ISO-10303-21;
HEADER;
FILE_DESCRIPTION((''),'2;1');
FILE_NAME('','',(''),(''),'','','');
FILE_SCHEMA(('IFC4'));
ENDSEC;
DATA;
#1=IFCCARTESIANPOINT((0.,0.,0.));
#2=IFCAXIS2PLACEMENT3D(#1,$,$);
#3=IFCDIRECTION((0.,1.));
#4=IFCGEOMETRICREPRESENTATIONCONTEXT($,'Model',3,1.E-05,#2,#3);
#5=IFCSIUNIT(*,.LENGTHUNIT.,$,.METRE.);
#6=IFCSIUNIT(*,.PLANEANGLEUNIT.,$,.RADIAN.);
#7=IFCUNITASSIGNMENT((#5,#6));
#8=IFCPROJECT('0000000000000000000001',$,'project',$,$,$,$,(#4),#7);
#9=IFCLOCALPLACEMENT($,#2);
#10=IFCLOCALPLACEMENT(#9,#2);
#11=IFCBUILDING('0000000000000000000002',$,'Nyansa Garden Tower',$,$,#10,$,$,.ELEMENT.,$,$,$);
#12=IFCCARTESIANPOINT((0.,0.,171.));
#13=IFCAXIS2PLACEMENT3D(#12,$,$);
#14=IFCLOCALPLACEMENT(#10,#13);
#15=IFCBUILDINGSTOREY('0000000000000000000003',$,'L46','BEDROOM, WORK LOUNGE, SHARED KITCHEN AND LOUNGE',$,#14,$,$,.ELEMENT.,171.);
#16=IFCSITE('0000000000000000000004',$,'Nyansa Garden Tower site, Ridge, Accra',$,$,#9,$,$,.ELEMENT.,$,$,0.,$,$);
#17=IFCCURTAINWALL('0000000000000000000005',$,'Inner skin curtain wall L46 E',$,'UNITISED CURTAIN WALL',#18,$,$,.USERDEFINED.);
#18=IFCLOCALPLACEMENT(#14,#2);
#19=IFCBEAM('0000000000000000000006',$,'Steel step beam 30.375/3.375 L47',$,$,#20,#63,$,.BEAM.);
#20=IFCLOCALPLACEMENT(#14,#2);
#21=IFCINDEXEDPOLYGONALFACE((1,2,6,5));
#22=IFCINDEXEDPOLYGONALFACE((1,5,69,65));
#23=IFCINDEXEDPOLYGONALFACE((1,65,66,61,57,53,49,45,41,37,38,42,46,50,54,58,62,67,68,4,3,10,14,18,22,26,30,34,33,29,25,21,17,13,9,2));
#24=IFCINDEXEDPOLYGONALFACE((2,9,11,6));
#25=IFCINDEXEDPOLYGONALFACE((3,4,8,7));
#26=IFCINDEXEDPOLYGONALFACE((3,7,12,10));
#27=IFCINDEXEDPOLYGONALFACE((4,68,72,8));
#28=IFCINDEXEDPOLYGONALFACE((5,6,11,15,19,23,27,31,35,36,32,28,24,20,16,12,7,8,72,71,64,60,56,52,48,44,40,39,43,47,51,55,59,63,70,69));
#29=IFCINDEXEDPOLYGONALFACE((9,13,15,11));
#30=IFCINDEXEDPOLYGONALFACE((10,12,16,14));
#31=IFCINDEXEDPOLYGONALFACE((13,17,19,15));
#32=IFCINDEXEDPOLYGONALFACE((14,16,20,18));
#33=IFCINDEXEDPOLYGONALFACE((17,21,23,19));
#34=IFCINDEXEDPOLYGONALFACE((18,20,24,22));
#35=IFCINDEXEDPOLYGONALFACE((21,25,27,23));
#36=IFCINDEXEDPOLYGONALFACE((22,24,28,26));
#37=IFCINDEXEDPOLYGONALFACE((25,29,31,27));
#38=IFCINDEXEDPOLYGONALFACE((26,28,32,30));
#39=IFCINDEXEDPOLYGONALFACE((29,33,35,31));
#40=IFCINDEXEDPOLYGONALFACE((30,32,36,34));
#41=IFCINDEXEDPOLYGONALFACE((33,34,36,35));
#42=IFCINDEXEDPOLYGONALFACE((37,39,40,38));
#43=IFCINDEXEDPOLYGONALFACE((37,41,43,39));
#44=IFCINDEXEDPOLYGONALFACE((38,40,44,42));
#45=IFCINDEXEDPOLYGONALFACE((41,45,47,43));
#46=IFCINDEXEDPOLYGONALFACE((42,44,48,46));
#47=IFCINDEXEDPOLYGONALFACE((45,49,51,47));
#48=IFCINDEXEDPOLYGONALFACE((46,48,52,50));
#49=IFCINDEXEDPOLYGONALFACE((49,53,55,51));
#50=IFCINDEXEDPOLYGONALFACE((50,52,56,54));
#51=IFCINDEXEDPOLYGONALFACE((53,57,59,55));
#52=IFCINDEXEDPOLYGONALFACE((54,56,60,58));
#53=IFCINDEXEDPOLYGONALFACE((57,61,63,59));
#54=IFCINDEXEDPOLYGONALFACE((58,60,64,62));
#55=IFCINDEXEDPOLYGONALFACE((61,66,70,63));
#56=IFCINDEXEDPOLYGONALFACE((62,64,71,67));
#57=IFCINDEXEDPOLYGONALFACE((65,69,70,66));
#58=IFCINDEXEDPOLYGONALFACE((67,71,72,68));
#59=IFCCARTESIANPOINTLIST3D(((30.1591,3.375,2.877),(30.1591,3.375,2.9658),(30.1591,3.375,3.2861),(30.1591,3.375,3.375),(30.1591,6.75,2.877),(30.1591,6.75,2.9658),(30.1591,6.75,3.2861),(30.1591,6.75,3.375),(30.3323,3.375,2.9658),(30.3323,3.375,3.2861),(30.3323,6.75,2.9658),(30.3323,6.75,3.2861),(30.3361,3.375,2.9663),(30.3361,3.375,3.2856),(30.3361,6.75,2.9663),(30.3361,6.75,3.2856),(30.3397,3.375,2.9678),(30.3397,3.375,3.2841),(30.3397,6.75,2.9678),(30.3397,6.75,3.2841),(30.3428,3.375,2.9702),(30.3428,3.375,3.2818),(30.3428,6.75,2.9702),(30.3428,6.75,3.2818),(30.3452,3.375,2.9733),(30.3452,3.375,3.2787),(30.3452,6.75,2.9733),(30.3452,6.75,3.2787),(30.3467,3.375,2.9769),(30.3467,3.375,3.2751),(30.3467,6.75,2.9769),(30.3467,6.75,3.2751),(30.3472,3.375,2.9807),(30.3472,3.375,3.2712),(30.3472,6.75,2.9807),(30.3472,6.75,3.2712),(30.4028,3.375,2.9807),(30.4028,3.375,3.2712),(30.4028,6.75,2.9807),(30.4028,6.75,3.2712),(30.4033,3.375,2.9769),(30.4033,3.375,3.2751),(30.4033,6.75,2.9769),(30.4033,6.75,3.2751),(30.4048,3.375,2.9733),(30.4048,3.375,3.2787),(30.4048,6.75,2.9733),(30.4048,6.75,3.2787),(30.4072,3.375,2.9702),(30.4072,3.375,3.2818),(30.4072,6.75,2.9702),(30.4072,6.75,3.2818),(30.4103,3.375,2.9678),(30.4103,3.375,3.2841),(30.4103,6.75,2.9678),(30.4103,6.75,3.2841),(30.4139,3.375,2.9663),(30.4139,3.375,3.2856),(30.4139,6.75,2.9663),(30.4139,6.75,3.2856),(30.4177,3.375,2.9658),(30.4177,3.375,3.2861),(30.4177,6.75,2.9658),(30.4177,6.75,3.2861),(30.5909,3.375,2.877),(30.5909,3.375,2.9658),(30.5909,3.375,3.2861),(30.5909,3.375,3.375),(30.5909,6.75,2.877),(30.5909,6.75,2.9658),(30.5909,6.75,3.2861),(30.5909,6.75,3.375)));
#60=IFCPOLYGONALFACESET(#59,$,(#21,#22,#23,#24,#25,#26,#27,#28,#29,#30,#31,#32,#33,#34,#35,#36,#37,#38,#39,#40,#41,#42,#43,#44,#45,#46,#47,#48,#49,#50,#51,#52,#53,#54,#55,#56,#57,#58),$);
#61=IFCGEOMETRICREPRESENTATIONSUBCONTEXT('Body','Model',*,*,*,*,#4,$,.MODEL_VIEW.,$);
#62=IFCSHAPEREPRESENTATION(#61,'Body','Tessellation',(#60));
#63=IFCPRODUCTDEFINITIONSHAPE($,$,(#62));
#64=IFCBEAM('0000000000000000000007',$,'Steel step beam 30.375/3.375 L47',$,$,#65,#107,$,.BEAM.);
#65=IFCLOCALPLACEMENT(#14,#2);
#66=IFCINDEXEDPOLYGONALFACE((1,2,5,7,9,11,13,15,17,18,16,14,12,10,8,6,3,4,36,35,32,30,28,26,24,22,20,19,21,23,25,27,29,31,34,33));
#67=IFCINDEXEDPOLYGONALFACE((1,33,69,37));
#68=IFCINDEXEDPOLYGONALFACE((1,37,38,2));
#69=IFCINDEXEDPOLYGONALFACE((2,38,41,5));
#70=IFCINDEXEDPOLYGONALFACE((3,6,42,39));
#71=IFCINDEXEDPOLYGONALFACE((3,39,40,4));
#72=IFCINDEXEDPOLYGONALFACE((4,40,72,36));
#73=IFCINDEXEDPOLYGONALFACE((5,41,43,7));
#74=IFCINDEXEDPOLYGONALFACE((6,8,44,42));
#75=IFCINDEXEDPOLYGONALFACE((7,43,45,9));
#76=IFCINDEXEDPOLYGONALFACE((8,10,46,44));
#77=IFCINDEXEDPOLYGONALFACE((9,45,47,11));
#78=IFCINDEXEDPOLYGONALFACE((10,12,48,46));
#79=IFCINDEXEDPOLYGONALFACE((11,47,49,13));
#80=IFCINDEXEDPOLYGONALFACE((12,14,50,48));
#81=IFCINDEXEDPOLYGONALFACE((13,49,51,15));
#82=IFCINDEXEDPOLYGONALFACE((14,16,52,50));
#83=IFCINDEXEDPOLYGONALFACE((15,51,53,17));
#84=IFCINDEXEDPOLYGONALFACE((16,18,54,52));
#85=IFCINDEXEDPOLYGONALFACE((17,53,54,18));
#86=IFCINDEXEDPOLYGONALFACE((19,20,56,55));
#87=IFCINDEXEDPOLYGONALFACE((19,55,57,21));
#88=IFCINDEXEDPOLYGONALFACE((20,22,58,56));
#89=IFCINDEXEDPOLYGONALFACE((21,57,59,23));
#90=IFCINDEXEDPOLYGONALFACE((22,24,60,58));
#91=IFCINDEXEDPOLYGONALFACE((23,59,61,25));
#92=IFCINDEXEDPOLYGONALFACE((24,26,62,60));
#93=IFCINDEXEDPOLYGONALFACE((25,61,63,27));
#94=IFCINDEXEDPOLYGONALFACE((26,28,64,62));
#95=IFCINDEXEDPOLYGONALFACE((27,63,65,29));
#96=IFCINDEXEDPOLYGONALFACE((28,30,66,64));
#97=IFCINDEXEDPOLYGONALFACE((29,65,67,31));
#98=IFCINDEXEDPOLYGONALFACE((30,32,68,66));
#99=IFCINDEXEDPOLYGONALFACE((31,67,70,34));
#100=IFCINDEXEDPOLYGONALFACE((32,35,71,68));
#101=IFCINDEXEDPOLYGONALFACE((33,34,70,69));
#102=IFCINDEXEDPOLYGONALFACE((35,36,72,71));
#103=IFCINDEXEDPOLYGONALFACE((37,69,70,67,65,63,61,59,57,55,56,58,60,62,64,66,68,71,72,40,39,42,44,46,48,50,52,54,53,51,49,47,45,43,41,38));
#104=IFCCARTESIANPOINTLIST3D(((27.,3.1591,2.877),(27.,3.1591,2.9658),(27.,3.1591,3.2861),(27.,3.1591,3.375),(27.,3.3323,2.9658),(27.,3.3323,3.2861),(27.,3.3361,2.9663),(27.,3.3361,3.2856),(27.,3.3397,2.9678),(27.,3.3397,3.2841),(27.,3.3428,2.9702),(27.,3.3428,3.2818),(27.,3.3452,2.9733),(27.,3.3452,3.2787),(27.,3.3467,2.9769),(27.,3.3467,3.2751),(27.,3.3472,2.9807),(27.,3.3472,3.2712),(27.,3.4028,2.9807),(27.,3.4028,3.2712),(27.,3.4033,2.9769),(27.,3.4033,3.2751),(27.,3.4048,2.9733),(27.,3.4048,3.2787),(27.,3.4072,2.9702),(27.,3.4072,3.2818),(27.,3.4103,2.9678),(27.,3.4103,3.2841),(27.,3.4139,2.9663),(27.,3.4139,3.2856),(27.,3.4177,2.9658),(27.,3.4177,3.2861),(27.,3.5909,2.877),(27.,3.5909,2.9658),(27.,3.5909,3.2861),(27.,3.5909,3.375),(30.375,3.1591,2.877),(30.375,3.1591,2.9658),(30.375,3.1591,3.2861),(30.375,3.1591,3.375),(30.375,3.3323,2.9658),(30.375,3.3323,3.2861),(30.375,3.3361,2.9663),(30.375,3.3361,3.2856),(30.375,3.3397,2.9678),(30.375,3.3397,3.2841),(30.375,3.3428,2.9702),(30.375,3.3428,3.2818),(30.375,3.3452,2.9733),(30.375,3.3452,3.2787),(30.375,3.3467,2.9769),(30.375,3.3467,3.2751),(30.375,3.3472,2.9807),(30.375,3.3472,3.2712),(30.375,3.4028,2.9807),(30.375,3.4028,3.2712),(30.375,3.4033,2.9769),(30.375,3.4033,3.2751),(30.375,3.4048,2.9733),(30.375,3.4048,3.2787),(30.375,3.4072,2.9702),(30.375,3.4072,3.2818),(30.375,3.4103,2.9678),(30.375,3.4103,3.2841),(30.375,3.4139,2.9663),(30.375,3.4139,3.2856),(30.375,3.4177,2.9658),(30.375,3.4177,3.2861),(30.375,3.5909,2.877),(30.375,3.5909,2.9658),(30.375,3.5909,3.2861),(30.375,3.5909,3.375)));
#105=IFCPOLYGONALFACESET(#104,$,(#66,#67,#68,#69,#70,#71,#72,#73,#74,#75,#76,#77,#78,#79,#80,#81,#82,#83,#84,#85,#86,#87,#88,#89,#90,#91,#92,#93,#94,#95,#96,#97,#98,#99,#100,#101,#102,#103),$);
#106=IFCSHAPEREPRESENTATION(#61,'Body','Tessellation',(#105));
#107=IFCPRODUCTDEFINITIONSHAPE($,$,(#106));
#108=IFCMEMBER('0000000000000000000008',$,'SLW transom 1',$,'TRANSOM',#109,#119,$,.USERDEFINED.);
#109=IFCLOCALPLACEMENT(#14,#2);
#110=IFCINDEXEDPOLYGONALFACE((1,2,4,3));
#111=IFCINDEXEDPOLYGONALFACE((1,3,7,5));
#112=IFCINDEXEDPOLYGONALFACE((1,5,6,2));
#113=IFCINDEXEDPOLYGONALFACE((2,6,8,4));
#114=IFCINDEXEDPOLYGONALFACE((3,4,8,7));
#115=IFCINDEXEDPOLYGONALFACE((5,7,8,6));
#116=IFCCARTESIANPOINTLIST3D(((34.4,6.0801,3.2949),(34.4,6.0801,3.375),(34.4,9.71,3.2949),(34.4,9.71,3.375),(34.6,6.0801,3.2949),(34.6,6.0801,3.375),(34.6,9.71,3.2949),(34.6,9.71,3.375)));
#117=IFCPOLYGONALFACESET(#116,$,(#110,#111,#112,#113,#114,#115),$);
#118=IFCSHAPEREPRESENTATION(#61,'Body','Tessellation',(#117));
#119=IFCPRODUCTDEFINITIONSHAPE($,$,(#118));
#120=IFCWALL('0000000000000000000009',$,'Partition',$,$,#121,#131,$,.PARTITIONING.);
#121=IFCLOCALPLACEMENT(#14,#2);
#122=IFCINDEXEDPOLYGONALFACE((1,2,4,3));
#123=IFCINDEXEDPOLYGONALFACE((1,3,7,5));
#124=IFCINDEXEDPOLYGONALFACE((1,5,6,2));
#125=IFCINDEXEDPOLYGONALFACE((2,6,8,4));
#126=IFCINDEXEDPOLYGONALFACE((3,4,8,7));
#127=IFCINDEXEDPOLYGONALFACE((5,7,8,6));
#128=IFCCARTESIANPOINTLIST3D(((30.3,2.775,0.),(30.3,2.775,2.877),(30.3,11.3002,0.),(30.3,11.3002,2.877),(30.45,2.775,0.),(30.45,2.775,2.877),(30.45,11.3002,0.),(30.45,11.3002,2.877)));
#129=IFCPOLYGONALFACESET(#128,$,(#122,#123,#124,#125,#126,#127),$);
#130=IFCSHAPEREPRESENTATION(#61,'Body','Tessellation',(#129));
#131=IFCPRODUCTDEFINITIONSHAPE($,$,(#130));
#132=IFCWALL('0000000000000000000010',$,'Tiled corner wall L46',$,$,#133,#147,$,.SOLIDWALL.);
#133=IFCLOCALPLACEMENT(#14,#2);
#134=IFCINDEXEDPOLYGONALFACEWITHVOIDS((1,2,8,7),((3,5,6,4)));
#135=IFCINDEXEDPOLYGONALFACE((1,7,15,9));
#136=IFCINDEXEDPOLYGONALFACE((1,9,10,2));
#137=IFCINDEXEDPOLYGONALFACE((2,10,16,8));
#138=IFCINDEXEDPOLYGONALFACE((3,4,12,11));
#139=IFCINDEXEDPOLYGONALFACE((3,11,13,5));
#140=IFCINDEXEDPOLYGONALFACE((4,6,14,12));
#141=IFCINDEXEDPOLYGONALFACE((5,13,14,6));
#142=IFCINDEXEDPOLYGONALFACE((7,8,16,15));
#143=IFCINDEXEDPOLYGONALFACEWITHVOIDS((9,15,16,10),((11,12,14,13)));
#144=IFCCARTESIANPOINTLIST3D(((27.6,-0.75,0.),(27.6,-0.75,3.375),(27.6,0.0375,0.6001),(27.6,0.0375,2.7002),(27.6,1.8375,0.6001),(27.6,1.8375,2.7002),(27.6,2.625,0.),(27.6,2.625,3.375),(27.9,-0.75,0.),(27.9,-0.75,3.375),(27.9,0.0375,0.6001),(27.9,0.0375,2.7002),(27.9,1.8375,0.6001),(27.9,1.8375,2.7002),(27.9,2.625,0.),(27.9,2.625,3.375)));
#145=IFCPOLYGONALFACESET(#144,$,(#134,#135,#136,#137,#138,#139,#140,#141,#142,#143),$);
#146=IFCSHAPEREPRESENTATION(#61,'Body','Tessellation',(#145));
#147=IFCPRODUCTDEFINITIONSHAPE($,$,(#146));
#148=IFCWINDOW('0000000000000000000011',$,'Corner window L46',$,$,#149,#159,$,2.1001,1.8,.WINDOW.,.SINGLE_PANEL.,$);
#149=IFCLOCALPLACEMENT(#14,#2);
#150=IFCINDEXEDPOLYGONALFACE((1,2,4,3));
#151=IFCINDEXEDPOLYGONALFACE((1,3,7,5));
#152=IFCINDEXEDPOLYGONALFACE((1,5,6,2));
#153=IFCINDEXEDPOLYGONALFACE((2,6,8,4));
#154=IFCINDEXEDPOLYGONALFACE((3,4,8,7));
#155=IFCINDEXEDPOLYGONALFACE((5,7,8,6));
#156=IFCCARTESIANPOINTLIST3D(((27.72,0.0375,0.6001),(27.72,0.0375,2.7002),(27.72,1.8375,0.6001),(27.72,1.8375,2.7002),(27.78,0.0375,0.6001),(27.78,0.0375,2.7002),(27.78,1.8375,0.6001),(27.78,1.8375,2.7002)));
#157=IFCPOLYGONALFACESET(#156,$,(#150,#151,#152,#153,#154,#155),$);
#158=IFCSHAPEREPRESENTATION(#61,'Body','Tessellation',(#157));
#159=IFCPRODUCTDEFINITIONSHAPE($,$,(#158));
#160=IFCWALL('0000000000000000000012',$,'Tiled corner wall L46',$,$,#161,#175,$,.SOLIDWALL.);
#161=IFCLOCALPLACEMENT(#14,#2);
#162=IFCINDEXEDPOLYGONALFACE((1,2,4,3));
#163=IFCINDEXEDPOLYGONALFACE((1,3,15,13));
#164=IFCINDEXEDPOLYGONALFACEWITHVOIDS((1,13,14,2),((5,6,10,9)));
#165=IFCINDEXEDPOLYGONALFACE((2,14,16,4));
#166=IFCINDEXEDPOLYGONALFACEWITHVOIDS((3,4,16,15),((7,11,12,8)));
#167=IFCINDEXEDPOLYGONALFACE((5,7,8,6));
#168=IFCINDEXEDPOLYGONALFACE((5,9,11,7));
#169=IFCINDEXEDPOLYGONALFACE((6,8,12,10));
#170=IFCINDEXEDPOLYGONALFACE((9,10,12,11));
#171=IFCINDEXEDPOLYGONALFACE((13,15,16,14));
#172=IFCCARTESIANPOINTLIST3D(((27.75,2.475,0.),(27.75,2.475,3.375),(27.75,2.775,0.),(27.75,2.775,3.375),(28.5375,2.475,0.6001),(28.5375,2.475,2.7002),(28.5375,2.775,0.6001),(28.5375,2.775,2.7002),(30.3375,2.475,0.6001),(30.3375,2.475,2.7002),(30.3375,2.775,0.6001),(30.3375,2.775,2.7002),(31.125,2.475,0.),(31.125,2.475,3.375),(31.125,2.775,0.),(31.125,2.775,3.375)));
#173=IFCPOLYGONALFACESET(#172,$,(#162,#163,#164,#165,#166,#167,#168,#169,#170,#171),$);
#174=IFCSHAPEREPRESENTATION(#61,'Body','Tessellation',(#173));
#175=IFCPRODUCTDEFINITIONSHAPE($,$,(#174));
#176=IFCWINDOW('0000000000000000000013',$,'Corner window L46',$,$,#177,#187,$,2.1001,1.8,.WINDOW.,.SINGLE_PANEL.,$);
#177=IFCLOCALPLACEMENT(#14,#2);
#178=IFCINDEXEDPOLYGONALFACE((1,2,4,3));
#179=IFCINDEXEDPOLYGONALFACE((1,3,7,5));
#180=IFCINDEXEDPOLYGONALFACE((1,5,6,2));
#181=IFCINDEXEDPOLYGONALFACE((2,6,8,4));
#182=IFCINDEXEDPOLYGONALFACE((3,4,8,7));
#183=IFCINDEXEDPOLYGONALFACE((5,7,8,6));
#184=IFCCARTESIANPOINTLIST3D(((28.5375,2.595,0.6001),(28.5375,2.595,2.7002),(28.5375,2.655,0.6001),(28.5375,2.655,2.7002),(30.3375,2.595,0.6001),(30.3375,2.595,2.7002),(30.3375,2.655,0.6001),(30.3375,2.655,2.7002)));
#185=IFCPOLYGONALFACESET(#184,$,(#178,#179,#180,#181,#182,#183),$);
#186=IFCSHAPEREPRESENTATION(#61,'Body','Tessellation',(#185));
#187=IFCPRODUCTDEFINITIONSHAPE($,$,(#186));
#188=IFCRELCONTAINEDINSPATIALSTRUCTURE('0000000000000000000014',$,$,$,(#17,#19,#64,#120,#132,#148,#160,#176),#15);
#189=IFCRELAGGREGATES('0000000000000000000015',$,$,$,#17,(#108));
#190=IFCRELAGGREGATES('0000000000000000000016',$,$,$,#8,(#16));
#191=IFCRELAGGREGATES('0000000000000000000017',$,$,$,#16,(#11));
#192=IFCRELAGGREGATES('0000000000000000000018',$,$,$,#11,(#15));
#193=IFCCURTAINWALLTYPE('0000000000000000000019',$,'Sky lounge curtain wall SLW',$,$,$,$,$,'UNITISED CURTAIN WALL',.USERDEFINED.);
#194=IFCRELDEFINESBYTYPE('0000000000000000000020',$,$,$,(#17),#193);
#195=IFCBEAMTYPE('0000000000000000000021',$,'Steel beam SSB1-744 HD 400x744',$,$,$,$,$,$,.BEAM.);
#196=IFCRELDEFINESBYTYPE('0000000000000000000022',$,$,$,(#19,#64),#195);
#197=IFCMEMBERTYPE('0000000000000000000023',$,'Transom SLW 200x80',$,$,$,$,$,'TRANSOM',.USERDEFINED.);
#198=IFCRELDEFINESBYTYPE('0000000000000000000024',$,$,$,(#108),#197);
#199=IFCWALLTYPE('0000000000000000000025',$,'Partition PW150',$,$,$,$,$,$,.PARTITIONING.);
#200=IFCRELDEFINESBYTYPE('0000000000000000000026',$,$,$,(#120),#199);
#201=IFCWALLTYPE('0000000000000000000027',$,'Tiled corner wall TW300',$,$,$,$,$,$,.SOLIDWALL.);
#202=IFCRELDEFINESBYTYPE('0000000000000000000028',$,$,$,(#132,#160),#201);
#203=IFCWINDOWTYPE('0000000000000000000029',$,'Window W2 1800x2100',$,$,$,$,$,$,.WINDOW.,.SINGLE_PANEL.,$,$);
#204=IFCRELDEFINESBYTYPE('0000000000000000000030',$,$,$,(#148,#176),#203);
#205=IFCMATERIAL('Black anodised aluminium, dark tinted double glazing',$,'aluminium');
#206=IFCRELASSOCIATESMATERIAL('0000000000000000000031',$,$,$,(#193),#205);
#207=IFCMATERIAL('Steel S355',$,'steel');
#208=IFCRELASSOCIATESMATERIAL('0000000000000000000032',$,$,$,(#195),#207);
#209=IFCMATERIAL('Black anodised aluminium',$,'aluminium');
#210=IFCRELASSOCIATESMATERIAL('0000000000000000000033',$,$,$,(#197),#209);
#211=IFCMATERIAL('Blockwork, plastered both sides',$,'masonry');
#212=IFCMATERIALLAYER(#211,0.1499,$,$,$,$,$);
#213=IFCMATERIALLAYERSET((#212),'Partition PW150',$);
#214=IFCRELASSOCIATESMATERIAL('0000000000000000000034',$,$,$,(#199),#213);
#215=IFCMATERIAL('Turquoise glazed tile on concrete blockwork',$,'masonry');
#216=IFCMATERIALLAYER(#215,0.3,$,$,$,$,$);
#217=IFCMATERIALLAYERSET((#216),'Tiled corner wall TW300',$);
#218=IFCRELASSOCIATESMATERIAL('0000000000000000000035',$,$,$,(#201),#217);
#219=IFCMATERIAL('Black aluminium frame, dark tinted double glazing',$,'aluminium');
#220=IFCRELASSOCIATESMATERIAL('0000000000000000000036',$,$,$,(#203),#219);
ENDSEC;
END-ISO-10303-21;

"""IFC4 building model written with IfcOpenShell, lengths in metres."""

from ifc_helpers import new_model, si_unit, direction, frame, frame_2d, origin, origin_2d, place, context, subcontext, project, spatial, rectangle, i_section, extrude, material, layer, layer_set, material_profile, profile_set, type_object, element, fill, aggregate, save


model = new_model("IFC4")

# Units and contexts
model_context = context("Model", 3, precision=1e-05, world=origin(), true_north=direction((0.0, 1.0)))
body_context = subcontext(model_context, "Body", "Model", "MODEL_VIEW")
ifc_project = project(units=[si_unit("LENGTHUNIT", "METRE"), si_unit("PLANEANGLEUNIT", "RADIAN")], contexts=[model_context])

# Site, building, storey
site_placement = place(None, origin())
site = spatial("IfcSite", under=ifc_project, at=site_placement, Name="Nyansa Garden Tower site, Ridge, Accra", CompositionType="ELEMENT", RefElevation=0.0)
building_placement = place(site_placement, origin())
building = spatial("IfcBuilding", under=site, at=building_placement, Name="Nyansa Garden Tower", CompositionType="ELEMENT")
storey_placement = place(building_placement, frame((0.0, 0.0, 171.0)))
storey = spatial("IfcBuildingStorey", under=building, at=storey_placement, Name="L46", Description="BEDROOM, WORK LOUNGE, SHARED KITCHEN AND LOUNGE", CompositionType="ELEMENT", Elevation=171.0)

# Curtain wall
ifc_material_1 = material(Name="Black anodised aluminium, dark tinted double glazing", Category="aluminium")
curtain_wall_type = type_object("IfcCurtainWallType", Name="Sky lounge curtain wall SLW", ElementType="UNITISED CURTAIN WALL", PredefinedType="USERDEFINED", material=ifc_material_1)
curtain_wall_1_placement = place(storey_placement, origin())
curtain_wall_1 = element("IfcCurtainWall", 1, at=curtain_wall_1_placement, inside=storey, type_object=curtain_wall_type, Name="Inner skin curtain wall L46 E", ObjectType="UNITISED CURTAIN WALL", PredefinedType="USERDEFINED")

# Beams
ifc_material_2 = material(Name="Steel S355", Category="steel")
ifc_material_profile_1 = material_profile(ifc_material_2, i_section(OverallWidth=0.4319, OverallDepth=0.498, WebThickness=0.0557, FlangeThickness=0.0889, FilletRadius=0.0149, at=origin_2d()), Name="HD 400x744")
ifc_profile_set_1 = profile_set([ifc_material_profile_1], Name="Steel S355")
beam_type_1 = type_object("IfcBeamType", Name="Steel beam SSB1-744 HD 400x744", PredefinedType="BEAM", material=ifc_profile_set_1)
for number, where, z_axis, x_axis, name in (
    (2, (30.375, 3.375, 3.126), (0.0, 1.0, 0.0), (-1.0, 0.0, 0.0), "Steel step beam 30.375/3.375 L47"),
    (3, (30.375, 3.375, 3.126), (-1.0, 0.0, 0.0), (0.0, -1.0, 0.0), "Steel step beam 30.375/3.375 L47"),
):
    element("IfcBeam", number, at=place(storey_placement, frame(where, z_axis=z_axis, x_axis=x_axis)), inside=storey, type_object=beam_type_1, Name=name, PredefinedType="BEAM", context=body_context, shape_type="SweptSolid", body=[
        extrude(i_section(OverallWidth=0.4319, OverallDepth=0.498, WebThickness=0.0557, FlangeThickness=0.0889, FilletRadius=0.0149, at=origin_2d()), origin(), (0.0, 0.0, 1.0), 3.375),
    ])

# Member
ifc_material_3 = material(Name="Black anodised aluminium", Category="aluminium")
ifc_material_profile_2 = material_profile(ifc_material_3, rectangle(XDim=0.2, YDim=0.0801, at=origin_2d()), Name="Transom 200x80")
ifc_profile_set_2 = profile_set([ifc_material_profile_2], Name="Black anodised aluminium")
member_type_1 = type_object("IfcMemberType", Name="Transom SLW 200x80", ElementType="TRANSOM", PredefinedType="USERDEFINED", material=ifc_profile_set_2)
member_1_placement = place(storey_placement, frame((34.5, 6.0801, 3.335), z_axis=(0.0, 1.0, 0.0), x_axis=(-1.0, 0.0, 0.0)))
member_1 = element("IfcMember", 4, at=member_1_placement, type_object=member_type_1, Name="SLW transom 1", ObjectType="TRANSOM", PredefinedType="USERDEFINED", context=body_context, shape_type="SweptSolid", body=[
    extrude(rectangle(XDim=0.2, YDim=0.0801, at=origin_2d()), origin(), (0.0, 0.0, 1.0), 3.6299),
])
aggregate(curtain_wall_1, [member_1])

# Wall
ifc_material_4 = material(Name="Blockwork, plastered both sides", Category="masonry")
ifc_layer_1 = layer(ifc_material_4, 0.1499)
ifc_layer_set_1 = layer_set([ifc_layer_1], Name="Partition PW150")
wall_type_1 = type_object("IfcWallType", Name="Partition PW150", PredefinedType="PARTITIONING", material=ifc_layer_set_1)
wall_1_placement = place(storey_placement, frame((30.375, 2.7749, 0.0), z_axis=(0.0, 0.0, 1.0), x_axis=(0.0, 1.0, 0.0)))
element("IfcWall", 5, at=wall_1_placement, inside=storey, type_object=wall_type_1, Name="Partition", PredefinedType="PARTITIONING", context=body_context, shape_type="SweptSolid", body=[
    extrude(rectangle(XDim=8.5251, YDim=0.1499, at=frame_2d((4.2627, 0.0))), origin(), (0.0, 0.0, 1.0), 2.877),
])

# Walls, openings, windows
ifc_material_5 = material(Name="Turquoise glazed tile on concrete blockwork", Category="masonry")
ifc_layer_2 = layer(ifc_material_5, 0.3)
ifc_layer_set_2 = layer_set([ifc_layer_2], Name="Tiled corner wall TW300")
wall_type_2 = type_object("IfcWallType", Name="Tiled corner wall TW300", PredefinedType="SOLIDWALL", material=ifc_layer_set_2)
wall_2_placement = place(storey_placement, frame((27.75, -0.75, 0.0), z_axis=(0.0, 0.0, 1.0), x_axis=(0.0, 1.0, 0.0)))
wall_2 = element("IfcWall", 6, at=wall_2_placement, inside=storey, type_object=wall_type_2, Name="Tiled corner wall L46", PredefinedType="SOLIDWALL", context=body_context, shape_type="SweptSolid", body=[
    extrude(rectangle(XDim=3.375, YDim=0.3, at=frame_2d((1.6875, 0.0))), origin(), (0.0, 0.0, 1.0), 3.375),
])
opening_1_placement = place(wall_2_placement, frame((0.7876, 0.0, 0.6001)))
opening_1 = element("IfcOpeningElement", 7, at=opening_1_placement, cuts=wall_2, PredefinedType="OPENING", context=body_context, shape_type="SweptSolid", body=[
    extrude(rectangle(XDim=1.8, YDim=2.1001, at=frame_2d((0.8999, 1.05))), frame((0.0, 0.1599, 0.0), z_axis=(0.0, -1.0, 0.0), x_axis=(1.0, 0.0, 0.0)), (0.0, 0.0, 1.0), 0.3201),
])
ifc_material_6 = material(Name="Black aluminium frame, dark tinted double glazing", Category="aluminium")
window_type = type_object("IfcWindowType", Name="Window W2 1800x2100", PartitioningType="SINGLE_PANEL", PredefinedType="WINDOW", material=ifc_material_6)
window_1_placement = place(opening_1_placement, origin())
window_1 = element("IfcWindow", 8, at=window_1_placement, inside=storey, type_object=window_type, Name="Corner window L46", OverallHeight=2.1001, OverallWidth=1.8, PartitioningType="SINGLE_PANEL", PredefinedType="WINDOW", context=body_context, shape_type="SweptSolid", body=[
    extrude(rectangle(XDim=1.8, YDim=2.1001, at=frame_2d((0.8999, 1.05))), frame((0.0, 0.03, 0.0), z_axis=(0.0, -1.0, 0.0), x_axis=(1.0, 0.0, 0.0)), (0.0, 0.0, 1.0), 0.0601),
])
fill(opening_1, window_1)
wall_3_placement = place(storey_placement, frame((27.75, 2.625, 0.0), z_axis=(0.0, 0.0, 1.0), x_axis=(1.0, 0.0, 0.0)))
wall_3 = element("IfcWall", 9, at=wall_3_placement, inside=storey, type_object=wall_type_2, Name="Tiled corner wall L46", PredefinedType="SOLIDWALL", context=body_context, shape_type="SweptSolid", body=[
    extrude(rectangle(XDim=3.375, YDim=0.3, at=frame_2d((1.6875, 0.0))), origin(), (0.0, 0.0, 1.0), 3.375),
])
opening_2_placement = place(wall_3_placement, frame((0.7876, 0.0, 0.6001)))
opening_2 = element("IfcOpeningElement", 10, at=opening_2_placement, cuts=wall_3, PredefinedType="OPENING", context=body_context, shape_type="SweptSolid", body=[
    extrude(rectangle(XDim=1.8, YDim=2.1001, at=frame_2d((0.8999, 1.05))), frame((0.0, 0.1599, 0.0), z_axis=(0.0, -1.0, 0.0), x_axis=(1.0, 0.0, 0.0)), (0.0, 0.0, 1.0), 0.3201),
])
window_2_placement = place(opening_2_placement, origin())
window_2 = element("IfcWindow", 11, at=window_2_placement, inside=storey, type_object=window_type, Name="Corner window L46", OverallHeight=2.1001, OverallWidth=1.8, PartitioningType="SINGLE_PANEL", PredefinedType="WINDOW", context=body_context, shape_type="SweptSolid", body=[
    extrude(rectangle(XDim=1.8, YDim=2.1001, at=frame_2d((0.8999, 1.05))), frame((0.0, 0.03, 0.0), z_axis=(0.0, -1.0, 0.0), x_axis=(1.0, 0.0, 0.0)), (0.0, 0.0, 1.0), 0.0601),
])
fill(opening_2, window_2)

save(model, "model.ifc")
